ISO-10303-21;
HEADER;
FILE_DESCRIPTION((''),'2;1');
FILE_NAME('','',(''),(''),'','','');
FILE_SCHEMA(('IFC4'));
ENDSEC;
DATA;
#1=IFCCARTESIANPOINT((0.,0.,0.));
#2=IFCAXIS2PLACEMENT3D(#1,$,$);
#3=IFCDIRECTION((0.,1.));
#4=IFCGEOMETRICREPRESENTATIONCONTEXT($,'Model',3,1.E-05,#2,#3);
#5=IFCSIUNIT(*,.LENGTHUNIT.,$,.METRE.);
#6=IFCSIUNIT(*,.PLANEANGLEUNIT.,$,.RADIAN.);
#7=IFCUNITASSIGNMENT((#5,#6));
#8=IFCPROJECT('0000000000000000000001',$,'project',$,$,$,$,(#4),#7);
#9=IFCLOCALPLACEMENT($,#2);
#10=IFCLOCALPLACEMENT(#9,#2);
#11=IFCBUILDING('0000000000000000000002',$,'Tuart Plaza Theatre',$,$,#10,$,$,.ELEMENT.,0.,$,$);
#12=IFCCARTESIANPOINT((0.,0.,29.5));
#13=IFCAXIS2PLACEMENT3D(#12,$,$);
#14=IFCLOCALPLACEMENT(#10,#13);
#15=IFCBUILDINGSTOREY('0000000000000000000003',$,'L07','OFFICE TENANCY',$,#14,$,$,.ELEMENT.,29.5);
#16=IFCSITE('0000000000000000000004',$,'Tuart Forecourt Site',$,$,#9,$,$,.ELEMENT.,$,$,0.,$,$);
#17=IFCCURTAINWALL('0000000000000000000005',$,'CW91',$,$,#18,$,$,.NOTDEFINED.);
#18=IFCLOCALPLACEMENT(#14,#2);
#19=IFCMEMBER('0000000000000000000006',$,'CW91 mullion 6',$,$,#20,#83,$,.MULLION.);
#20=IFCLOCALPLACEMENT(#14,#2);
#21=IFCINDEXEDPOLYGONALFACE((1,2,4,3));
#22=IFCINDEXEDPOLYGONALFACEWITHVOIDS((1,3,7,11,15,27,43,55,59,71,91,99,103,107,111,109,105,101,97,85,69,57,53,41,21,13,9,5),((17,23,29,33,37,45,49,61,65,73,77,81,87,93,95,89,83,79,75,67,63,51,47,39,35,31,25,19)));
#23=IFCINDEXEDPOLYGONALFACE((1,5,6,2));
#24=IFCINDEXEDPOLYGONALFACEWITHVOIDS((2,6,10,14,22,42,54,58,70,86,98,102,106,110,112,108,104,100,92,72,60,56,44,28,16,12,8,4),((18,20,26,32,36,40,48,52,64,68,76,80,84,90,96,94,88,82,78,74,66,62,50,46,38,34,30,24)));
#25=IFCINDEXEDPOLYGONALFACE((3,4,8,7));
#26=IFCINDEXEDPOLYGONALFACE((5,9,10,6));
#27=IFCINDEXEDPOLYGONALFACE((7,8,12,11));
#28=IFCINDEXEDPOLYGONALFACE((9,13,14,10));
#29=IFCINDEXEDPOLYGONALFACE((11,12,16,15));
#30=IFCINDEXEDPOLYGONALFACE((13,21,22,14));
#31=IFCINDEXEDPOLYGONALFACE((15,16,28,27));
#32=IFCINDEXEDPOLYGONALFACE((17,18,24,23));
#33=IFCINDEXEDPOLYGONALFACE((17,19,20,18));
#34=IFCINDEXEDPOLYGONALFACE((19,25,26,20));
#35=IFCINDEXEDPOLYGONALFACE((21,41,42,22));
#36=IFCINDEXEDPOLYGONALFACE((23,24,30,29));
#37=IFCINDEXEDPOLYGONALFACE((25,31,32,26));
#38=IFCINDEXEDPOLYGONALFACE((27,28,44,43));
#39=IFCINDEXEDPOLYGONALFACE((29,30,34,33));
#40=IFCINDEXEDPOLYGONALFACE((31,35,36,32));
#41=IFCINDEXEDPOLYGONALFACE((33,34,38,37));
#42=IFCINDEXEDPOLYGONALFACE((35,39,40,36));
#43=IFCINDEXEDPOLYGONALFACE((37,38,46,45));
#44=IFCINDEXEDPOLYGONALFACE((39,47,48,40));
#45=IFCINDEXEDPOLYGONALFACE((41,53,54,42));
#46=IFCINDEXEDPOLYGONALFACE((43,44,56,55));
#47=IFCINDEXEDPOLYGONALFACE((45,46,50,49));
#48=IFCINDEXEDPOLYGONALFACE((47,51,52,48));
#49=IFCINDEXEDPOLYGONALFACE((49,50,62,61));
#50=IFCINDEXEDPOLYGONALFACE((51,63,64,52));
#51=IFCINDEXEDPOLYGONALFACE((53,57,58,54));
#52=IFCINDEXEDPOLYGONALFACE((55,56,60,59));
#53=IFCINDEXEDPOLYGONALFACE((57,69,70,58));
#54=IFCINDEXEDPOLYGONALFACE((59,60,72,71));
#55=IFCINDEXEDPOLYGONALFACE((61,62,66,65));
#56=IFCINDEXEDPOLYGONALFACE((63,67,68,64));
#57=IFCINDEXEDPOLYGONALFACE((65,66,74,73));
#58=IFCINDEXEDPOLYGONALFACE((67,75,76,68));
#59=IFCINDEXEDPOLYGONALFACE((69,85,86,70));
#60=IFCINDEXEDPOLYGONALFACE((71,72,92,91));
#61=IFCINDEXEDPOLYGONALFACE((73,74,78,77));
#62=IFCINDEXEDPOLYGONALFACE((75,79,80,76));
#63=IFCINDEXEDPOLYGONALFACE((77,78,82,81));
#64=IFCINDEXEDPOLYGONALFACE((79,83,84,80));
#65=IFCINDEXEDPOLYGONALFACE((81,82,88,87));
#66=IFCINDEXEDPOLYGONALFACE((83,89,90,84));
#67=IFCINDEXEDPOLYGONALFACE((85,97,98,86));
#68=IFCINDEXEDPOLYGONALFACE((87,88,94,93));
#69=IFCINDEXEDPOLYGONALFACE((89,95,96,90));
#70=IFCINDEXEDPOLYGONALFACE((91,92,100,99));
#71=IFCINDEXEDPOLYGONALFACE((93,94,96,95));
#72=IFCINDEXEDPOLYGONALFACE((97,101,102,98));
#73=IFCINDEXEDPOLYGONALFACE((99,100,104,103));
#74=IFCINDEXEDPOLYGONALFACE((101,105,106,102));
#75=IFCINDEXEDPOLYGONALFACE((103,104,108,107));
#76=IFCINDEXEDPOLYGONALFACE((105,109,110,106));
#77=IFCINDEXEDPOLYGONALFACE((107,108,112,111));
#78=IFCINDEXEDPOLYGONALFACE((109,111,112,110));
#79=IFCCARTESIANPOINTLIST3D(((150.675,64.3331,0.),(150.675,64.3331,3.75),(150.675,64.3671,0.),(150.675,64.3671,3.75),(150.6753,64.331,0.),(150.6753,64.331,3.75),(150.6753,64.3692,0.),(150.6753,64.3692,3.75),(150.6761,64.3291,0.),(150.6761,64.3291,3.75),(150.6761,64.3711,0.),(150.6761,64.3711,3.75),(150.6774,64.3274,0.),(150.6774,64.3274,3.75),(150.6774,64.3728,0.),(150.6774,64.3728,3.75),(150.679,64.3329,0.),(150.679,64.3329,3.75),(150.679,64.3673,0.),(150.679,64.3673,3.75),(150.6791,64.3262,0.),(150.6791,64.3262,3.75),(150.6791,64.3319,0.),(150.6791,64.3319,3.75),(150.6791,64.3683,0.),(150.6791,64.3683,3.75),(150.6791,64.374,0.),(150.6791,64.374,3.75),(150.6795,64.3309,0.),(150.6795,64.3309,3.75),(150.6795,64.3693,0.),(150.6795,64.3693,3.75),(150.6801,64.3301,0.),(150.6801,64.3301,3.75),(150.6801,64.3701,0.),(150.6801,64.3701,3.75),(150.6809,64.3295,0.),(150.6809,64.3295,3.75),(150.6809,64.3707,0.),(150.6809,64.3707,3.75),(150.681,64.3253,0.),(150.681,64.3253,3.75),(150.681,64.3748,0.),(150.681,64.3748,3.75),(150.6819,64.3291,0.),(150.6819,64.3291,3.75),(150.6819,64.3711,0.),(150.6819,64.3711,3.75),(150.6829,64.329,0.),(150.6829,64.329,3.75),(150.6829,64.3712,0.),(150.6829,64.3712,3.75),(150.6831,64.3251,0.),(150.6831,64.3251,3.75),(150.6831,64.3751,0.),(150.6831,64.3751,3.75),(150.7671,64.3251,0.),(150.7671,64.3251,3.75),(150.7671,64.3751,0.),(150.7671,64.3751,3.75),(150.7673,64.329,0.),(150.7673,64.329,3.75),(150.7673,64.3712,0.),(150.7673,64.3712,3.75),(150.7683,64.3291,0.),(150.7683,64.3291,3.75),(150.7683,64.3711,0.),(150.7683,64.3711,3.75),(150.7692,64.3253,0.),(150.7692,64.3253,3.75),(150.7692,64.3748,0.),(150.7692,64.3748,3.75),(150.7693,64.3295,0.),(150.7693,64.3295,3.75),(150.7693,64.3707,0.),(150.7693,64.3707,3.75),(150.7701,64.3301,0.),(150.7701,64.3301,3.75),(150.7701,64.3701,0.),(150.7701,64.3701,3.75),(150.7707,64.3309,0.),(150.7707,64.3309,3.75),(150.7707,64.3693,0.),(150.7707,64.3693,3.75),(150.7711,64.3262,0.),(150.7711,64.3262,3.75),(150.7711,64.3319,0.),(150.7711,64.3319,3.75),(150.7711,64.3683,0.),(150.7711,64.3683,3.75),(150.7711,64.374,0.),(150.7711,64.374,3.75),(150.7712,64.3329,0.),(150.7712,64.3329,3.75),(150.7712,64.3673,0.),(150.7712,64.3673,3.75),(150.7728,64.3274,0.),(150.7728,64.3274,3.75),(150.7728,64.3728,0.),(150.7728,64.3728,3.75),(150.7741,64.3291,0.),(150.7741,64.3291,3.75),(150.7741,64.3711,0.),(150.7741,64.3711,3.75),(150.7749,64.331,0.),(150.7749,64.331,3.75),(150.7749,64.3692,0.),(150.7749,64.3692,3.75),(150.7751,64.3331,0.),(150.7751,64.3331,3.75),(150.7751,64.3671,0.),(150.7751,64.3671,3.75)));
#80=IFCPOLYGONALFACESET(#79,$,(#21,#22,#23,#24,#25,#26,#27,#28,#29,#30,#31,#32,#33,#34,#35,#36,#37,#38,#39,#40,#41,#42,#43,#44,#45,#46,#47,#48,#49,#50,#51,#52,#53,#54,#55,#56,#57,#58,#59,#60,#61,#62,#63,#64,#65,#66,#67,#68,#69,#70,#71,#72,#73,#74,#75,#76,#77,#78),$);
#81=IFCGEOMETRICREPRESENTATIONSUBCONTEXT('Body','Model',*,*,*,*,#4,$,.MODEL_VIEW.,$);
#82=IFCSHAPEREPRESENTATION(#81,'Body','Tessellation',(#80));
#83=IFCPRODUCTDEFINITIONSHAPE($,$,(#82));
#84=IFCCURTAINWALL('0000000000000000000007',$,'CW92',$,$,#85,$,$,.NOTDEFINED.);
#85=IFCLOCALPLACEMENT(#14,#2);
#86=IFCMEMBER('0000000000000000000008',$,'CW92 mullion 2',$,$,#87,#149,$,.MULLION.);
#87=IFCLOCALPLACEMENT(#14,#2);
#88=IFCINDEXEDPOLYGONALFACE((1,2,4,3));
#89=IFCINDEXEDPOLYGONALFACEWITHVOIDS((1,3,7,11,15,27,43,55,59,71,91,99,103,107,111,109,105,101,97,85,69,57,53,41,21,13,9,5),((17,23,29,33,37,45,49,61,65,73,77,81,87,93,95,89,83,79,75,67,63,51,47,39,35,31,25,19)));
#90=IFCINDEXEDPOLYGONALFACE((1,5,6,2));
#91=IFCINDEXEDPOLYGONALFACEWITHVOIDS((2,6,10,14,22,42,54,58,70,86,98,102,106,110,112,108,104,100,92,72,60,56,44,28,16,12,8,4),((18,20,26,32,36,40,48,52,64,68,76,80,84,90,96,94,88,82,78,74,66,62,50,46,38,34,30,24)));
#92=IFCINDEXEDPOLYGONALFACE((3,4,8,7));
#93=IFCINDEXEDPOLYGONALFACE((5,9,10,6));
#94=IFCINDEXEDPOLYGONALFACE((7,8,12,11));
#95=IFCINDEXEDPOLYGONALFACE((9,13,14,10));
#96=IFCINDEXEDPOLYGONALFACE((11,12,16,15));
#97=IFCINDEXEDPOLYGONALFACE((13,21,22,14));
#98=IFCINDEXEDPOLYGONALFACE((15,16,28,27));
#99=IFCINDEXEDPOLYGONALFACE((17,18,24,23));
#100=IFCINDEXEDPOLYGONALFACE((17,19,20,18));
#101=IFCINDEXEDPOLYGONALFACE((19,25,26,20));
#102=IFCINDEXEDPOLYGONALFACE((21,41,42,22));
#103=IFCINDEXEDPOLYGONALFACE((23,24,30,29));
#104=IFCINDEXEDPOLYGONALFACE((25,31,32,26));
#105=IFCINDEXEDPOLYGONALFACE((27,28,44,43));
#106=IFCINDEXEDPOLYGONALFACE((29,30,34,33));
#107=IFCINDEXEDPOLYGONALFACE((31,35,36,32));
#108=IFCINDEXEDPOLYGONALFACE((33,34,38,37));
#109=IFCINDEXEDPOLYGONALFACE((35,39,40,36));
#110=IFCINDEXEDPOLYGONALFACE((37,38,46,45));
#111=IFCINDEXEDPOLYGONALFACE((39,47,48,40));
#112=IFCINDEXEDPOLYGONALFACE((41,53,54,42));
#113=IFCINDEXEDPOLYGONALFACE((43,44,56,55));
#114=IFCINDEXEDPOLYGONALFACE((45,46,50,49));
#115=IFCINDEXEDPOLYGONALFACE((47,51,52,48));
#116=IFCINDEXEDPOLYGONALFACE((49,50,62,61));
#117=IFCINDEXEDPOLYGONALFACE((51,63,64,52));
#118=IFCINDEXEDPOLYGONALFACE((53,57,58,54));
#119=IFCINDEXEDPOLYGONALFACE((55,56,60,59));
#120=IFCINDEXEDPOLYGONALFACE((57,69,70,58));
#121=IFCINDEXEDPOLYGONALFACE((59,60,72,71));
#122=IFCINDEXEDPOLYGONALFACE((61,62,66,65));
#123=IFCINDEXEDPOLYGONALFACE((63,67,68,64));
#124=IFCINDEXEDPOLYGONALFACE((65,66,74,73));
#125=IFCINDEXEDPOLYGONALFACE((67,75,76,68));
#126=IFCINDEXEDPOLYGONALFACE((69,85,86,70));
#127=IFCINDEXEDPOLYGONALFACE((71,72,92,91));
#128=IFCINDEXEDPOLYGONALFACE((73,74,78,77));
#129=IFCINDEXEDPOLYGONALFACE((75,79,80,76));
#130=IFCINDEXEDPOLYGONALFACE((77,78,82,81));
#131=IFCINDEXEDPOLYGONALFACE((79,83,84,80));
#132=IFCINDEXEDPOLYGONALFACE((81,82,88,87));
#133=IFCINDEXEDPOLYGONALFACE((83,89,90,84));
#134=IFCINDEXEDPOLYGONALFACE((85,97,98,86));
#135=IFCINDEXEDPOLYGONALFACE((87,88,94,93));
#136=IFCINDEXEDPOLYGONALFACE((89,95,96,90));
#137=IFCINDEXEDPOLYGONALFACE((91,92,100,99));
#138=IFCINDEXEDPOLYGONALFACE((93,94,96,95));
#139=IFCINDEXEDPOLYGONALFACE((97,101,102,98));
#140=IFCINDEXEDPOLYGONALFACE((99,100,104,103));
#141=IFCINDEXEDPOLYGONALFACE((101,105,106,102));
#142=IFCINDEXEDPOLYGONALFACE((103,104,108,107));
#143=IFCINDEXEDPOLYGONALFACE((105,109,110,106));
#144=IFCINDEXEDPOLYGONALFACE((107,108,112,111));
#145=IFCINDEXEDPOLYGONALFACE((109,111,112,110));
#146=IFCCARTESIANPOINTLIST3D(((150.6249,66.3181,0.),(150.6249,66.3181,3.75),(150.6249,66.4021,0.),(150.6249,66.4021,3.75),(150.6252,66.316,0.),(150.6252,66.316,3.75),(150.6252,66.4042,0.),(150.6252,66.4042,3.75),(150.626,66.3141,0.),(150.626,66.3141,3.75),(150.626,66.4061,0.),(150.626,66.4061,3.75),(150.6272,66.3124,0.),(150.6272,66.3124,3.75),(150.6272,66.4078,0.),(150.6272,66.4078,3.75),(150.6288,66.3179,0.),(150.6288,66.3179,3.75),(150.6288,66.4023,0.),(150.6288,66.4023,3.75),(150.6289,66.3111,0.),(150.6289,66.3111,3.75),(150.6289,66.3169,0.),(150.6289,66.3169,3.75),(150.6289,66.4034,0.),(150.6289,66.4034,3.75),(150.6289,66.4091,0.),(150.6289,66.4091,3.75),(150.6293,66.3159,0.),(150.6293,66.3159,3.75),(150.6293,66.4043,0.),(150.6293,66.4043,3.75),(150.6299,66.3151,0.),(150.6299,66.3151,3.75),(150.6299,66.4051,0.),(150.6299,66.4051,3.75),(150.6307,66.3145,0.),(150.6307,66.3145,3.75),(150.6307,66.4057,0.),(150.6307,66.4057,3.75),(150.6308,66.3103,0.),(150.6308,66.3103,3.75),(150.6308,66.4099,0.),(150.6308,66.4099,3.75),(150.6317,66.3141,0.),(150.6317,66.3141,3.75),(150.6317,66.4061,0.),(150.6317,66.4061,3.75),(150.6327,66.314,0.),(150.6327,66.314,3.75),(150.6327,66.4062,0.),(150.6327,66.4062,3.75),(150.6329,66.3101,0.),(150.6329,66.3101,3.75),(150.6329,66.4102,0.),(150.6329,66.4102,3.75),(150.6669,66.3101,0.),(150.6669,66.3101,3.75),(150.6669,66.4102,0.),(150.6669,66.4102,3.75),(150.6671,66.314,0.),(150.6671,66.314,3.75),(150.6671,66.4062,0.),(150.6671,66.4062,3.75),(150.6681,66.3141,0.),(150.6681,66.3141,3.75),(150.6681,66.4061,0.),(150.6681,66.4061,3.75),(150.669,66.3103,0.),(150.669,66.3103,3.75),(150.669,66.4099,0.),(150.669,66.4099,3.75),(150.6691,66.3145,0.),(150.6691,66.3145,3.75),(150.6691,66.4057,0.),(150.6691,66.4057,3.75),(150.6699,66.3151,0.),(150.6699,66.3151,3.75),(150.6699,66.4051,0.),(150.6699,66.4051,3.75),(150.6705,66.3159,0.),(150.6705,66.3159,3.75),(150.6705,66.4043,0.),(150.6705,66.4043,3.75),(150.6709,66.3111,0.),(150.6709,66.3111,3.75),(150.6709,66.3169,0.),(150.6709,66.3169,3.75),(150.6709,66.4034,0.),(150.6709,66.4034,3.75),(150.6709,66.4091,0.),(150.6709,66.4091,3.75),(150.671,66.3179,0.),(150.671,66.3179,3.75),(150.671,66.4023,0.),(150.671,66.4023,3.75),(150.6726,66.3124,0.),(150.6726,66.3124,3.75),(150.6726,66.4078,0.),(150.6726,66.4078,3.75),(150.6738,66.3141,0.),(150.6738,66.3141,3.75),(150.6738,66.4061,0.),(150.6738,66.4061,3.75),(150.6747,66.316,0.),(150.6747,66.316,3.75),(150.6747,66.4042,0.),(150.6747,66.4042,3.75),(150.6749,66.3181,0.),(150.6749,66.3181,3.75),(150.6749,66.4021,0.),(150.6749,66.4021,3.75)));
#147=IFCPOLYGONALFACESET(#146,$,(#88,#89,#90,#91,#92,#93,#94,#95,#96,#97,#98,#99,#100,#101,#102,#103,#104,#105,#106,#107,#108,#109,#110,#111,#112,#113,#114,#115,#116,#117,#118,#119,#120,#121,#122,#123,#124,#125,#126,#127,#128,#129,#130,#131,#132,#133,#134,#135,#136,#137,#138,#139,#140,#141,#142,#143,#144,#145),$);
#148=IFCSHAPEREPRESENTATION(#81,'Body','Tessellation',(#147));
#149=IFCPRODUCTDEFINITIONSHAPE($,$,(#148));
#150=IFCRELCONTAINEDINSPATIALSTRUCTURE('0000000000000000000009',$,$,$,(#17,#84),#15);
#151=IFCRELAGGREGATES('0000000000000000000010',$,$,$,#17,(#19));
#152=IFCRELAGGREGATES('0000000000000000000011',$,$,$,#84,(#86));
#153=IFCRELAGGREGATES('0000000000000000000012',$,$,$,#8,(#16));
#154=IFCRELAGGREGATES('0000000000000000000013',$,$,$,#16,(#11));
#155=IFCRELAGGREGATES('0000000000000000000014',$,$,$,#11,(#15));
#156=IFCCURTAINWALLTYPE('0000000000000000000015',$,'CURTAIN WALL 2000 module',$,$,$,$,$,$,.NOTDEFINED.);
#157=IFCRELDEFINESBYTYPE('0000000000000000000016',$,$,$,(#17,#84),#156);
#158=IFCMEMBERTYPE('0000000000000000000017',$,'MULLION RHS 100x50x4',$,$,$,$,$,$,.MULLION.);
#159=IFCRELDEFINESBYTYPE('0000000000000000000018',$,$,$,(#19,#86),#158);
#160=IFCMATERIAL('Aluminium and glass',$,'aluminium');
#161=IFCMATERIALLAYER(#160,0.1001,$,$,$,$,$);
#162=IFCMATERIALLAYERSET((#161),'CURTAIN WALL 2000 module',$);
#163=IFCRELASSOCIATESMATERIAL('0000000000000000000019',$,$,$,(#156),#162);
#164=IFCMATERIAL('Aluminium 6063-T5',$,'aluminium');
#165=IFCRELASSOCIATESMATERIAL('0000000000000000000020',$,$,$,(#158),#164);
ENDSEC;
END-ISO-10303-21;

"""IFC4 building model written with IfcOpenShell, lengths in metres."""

from ifc_helpers import new_model, si_unit, direction, frame, origin, origin_2d, place, context, subcontext, project, spatial, hollow_rectangle, extrude, material, layer, layer_set, material_profile, profile_set, type_object, element, aggregate, save


model = new_model("IFC4")

# Units and contexts
model_context = context("Model", 3, precision=1e-05, world=origin(), true_north=direction((0.0, 1.0)))
body_context = subcontext(model_context, "Body", "Model", "MODEL_VIEW")
ifc_project = project(units=[si_unit("LENGTHUNIT", "METRE"), si_unit("PLANEANGLEUNIT", "RADIAN")], contexts=[model_context])

# Site, building, storey
site_placement = place(None, origin())
site = spatial("IfcSite", under=ifc_project, at=site_placement, Name="Tuart Forecourt Site", CompositionType="ELEMENT", RefElevation=0.0)
building_placement = place(site_placement, origin())
building = spatial("IfcBuilding", under=site, at=building_placement, Name="Tuart Plaza Theatre", CompositionType="ELEMENT", ElevationOfRefHeight=0.0)
storey_placement = place(building_placement, frame((0.0, 0.0, 29.5)))
storey = spatial("IfcBuildingStorey", under=building, at=storey_placement, Name="L07", Description="OFFICE TENANCY", CompositionType="ELEMENT", Elevation=29.5)

# Curtain wall, member
ifc_material_1 = material(Name="Aluminium and glass", Category="aluminium")
ifc_layer_1 = layer(ifc_material_1, 0.1001)
ifc_layer_set_1 = layer_set([ifc_layer_1], Name="CURTAIN WALL 2000 module")
curtain_wall_type = type_object("IfcCurtainWallType", Name="CURTAIN WALL 2000 module", PredefinedType="NOTDEFINED", material=ifc_layer_set_1)
curtain_wall_1_placement = place(storey_placement, origin())
curtain_wall_1 = element("IfcCurtainWall", 1, at=curtain_wall_1_placement, inside=storey, type_object=curtain_wall_type, Name="CW91", PredefinedType="NOTDEFINED")
ifc_material_2 = material(Name="Aluminium 6063-T5", Category="aluminium")
ifc_material_profile_1 = material_profile(ifc_material_2, hollow_rectangle(XDim=0.05, YDim=0.1001, WallThickness=0.0039, InnerFilletRadius=0.0039, OuterFilletRadius=0.0081, at=origin_2d()), Name="RHS 100x50x4")
ifc_profile_set_1 = profile_set([ifc_material_profile_1], Name="Aluminium 6063-T5")
member_type_1 = type_object("IfcMemberType", Name="MULLION RHS 100x50x4", PredefinedType="MULLION", material=ifc_profile_set_1)
member_1_placement = place(storey_placement, frame((150.7251, 64.3501, 0.0), z_axis=(0.0, 0.0, 1.0), x_axis=(0.0, 1.0, 0.0)))
member_1 = element("IfcMember", 2, at=member_1_placement, type_object=member_type_1, Name="CW91 mullion 6", PredefinedType="MULLION", context=body_context, shape_type="SweptSolid", body=[
    extrude(hollow_rectangle(XDim=0.05, YDim=0.1001, WallThickness=0.0039, InnerFilletRadius=0.0039, OuterFilletRadius=0.0081, at=origin_2d()), origin(), (0.0, 0.0, 1.0), 3.75),
])
aggregate(curtain_wall_1, [member_1])

# Curtain wall, member
curtain_wall_2_placement = place(storey_placement, origin())
curtain_wall_2 = element("IfcCurtainWall", 3, at=curtain_wall_2_placement, inside=storey, type_object=curtain_wall_type, Name="CW92", PredefinedType="NOTDEFINED")
member_2_placement = place(storey_placement, frame((150.6499, 66.3601, 0.0), z_axis=(0.0, 0.0, 1.0), x_axis=(-1.0, 0.0, 0.0)))
member_2 = element("IfcMember", 4, at=member_2_placement, type_object=member_type_1, Name="CW92 mullion 2", PredefinedType="MULLION", context=body_context, shape_type="SweptSolid", body=[
    extrude(hollow_rectangle(XDim=0.05, YDim=0.1001, WallThickness=0.0039, InnerFilletRadius=0.0039, OuterFilletRadius=0.0081, at=origin_2d()), origin(), (0.0, 0.0, 1.0), 3.75),
])
aggregate(curtain_wall_2, [member_2])

save(model, "model.ifc")
